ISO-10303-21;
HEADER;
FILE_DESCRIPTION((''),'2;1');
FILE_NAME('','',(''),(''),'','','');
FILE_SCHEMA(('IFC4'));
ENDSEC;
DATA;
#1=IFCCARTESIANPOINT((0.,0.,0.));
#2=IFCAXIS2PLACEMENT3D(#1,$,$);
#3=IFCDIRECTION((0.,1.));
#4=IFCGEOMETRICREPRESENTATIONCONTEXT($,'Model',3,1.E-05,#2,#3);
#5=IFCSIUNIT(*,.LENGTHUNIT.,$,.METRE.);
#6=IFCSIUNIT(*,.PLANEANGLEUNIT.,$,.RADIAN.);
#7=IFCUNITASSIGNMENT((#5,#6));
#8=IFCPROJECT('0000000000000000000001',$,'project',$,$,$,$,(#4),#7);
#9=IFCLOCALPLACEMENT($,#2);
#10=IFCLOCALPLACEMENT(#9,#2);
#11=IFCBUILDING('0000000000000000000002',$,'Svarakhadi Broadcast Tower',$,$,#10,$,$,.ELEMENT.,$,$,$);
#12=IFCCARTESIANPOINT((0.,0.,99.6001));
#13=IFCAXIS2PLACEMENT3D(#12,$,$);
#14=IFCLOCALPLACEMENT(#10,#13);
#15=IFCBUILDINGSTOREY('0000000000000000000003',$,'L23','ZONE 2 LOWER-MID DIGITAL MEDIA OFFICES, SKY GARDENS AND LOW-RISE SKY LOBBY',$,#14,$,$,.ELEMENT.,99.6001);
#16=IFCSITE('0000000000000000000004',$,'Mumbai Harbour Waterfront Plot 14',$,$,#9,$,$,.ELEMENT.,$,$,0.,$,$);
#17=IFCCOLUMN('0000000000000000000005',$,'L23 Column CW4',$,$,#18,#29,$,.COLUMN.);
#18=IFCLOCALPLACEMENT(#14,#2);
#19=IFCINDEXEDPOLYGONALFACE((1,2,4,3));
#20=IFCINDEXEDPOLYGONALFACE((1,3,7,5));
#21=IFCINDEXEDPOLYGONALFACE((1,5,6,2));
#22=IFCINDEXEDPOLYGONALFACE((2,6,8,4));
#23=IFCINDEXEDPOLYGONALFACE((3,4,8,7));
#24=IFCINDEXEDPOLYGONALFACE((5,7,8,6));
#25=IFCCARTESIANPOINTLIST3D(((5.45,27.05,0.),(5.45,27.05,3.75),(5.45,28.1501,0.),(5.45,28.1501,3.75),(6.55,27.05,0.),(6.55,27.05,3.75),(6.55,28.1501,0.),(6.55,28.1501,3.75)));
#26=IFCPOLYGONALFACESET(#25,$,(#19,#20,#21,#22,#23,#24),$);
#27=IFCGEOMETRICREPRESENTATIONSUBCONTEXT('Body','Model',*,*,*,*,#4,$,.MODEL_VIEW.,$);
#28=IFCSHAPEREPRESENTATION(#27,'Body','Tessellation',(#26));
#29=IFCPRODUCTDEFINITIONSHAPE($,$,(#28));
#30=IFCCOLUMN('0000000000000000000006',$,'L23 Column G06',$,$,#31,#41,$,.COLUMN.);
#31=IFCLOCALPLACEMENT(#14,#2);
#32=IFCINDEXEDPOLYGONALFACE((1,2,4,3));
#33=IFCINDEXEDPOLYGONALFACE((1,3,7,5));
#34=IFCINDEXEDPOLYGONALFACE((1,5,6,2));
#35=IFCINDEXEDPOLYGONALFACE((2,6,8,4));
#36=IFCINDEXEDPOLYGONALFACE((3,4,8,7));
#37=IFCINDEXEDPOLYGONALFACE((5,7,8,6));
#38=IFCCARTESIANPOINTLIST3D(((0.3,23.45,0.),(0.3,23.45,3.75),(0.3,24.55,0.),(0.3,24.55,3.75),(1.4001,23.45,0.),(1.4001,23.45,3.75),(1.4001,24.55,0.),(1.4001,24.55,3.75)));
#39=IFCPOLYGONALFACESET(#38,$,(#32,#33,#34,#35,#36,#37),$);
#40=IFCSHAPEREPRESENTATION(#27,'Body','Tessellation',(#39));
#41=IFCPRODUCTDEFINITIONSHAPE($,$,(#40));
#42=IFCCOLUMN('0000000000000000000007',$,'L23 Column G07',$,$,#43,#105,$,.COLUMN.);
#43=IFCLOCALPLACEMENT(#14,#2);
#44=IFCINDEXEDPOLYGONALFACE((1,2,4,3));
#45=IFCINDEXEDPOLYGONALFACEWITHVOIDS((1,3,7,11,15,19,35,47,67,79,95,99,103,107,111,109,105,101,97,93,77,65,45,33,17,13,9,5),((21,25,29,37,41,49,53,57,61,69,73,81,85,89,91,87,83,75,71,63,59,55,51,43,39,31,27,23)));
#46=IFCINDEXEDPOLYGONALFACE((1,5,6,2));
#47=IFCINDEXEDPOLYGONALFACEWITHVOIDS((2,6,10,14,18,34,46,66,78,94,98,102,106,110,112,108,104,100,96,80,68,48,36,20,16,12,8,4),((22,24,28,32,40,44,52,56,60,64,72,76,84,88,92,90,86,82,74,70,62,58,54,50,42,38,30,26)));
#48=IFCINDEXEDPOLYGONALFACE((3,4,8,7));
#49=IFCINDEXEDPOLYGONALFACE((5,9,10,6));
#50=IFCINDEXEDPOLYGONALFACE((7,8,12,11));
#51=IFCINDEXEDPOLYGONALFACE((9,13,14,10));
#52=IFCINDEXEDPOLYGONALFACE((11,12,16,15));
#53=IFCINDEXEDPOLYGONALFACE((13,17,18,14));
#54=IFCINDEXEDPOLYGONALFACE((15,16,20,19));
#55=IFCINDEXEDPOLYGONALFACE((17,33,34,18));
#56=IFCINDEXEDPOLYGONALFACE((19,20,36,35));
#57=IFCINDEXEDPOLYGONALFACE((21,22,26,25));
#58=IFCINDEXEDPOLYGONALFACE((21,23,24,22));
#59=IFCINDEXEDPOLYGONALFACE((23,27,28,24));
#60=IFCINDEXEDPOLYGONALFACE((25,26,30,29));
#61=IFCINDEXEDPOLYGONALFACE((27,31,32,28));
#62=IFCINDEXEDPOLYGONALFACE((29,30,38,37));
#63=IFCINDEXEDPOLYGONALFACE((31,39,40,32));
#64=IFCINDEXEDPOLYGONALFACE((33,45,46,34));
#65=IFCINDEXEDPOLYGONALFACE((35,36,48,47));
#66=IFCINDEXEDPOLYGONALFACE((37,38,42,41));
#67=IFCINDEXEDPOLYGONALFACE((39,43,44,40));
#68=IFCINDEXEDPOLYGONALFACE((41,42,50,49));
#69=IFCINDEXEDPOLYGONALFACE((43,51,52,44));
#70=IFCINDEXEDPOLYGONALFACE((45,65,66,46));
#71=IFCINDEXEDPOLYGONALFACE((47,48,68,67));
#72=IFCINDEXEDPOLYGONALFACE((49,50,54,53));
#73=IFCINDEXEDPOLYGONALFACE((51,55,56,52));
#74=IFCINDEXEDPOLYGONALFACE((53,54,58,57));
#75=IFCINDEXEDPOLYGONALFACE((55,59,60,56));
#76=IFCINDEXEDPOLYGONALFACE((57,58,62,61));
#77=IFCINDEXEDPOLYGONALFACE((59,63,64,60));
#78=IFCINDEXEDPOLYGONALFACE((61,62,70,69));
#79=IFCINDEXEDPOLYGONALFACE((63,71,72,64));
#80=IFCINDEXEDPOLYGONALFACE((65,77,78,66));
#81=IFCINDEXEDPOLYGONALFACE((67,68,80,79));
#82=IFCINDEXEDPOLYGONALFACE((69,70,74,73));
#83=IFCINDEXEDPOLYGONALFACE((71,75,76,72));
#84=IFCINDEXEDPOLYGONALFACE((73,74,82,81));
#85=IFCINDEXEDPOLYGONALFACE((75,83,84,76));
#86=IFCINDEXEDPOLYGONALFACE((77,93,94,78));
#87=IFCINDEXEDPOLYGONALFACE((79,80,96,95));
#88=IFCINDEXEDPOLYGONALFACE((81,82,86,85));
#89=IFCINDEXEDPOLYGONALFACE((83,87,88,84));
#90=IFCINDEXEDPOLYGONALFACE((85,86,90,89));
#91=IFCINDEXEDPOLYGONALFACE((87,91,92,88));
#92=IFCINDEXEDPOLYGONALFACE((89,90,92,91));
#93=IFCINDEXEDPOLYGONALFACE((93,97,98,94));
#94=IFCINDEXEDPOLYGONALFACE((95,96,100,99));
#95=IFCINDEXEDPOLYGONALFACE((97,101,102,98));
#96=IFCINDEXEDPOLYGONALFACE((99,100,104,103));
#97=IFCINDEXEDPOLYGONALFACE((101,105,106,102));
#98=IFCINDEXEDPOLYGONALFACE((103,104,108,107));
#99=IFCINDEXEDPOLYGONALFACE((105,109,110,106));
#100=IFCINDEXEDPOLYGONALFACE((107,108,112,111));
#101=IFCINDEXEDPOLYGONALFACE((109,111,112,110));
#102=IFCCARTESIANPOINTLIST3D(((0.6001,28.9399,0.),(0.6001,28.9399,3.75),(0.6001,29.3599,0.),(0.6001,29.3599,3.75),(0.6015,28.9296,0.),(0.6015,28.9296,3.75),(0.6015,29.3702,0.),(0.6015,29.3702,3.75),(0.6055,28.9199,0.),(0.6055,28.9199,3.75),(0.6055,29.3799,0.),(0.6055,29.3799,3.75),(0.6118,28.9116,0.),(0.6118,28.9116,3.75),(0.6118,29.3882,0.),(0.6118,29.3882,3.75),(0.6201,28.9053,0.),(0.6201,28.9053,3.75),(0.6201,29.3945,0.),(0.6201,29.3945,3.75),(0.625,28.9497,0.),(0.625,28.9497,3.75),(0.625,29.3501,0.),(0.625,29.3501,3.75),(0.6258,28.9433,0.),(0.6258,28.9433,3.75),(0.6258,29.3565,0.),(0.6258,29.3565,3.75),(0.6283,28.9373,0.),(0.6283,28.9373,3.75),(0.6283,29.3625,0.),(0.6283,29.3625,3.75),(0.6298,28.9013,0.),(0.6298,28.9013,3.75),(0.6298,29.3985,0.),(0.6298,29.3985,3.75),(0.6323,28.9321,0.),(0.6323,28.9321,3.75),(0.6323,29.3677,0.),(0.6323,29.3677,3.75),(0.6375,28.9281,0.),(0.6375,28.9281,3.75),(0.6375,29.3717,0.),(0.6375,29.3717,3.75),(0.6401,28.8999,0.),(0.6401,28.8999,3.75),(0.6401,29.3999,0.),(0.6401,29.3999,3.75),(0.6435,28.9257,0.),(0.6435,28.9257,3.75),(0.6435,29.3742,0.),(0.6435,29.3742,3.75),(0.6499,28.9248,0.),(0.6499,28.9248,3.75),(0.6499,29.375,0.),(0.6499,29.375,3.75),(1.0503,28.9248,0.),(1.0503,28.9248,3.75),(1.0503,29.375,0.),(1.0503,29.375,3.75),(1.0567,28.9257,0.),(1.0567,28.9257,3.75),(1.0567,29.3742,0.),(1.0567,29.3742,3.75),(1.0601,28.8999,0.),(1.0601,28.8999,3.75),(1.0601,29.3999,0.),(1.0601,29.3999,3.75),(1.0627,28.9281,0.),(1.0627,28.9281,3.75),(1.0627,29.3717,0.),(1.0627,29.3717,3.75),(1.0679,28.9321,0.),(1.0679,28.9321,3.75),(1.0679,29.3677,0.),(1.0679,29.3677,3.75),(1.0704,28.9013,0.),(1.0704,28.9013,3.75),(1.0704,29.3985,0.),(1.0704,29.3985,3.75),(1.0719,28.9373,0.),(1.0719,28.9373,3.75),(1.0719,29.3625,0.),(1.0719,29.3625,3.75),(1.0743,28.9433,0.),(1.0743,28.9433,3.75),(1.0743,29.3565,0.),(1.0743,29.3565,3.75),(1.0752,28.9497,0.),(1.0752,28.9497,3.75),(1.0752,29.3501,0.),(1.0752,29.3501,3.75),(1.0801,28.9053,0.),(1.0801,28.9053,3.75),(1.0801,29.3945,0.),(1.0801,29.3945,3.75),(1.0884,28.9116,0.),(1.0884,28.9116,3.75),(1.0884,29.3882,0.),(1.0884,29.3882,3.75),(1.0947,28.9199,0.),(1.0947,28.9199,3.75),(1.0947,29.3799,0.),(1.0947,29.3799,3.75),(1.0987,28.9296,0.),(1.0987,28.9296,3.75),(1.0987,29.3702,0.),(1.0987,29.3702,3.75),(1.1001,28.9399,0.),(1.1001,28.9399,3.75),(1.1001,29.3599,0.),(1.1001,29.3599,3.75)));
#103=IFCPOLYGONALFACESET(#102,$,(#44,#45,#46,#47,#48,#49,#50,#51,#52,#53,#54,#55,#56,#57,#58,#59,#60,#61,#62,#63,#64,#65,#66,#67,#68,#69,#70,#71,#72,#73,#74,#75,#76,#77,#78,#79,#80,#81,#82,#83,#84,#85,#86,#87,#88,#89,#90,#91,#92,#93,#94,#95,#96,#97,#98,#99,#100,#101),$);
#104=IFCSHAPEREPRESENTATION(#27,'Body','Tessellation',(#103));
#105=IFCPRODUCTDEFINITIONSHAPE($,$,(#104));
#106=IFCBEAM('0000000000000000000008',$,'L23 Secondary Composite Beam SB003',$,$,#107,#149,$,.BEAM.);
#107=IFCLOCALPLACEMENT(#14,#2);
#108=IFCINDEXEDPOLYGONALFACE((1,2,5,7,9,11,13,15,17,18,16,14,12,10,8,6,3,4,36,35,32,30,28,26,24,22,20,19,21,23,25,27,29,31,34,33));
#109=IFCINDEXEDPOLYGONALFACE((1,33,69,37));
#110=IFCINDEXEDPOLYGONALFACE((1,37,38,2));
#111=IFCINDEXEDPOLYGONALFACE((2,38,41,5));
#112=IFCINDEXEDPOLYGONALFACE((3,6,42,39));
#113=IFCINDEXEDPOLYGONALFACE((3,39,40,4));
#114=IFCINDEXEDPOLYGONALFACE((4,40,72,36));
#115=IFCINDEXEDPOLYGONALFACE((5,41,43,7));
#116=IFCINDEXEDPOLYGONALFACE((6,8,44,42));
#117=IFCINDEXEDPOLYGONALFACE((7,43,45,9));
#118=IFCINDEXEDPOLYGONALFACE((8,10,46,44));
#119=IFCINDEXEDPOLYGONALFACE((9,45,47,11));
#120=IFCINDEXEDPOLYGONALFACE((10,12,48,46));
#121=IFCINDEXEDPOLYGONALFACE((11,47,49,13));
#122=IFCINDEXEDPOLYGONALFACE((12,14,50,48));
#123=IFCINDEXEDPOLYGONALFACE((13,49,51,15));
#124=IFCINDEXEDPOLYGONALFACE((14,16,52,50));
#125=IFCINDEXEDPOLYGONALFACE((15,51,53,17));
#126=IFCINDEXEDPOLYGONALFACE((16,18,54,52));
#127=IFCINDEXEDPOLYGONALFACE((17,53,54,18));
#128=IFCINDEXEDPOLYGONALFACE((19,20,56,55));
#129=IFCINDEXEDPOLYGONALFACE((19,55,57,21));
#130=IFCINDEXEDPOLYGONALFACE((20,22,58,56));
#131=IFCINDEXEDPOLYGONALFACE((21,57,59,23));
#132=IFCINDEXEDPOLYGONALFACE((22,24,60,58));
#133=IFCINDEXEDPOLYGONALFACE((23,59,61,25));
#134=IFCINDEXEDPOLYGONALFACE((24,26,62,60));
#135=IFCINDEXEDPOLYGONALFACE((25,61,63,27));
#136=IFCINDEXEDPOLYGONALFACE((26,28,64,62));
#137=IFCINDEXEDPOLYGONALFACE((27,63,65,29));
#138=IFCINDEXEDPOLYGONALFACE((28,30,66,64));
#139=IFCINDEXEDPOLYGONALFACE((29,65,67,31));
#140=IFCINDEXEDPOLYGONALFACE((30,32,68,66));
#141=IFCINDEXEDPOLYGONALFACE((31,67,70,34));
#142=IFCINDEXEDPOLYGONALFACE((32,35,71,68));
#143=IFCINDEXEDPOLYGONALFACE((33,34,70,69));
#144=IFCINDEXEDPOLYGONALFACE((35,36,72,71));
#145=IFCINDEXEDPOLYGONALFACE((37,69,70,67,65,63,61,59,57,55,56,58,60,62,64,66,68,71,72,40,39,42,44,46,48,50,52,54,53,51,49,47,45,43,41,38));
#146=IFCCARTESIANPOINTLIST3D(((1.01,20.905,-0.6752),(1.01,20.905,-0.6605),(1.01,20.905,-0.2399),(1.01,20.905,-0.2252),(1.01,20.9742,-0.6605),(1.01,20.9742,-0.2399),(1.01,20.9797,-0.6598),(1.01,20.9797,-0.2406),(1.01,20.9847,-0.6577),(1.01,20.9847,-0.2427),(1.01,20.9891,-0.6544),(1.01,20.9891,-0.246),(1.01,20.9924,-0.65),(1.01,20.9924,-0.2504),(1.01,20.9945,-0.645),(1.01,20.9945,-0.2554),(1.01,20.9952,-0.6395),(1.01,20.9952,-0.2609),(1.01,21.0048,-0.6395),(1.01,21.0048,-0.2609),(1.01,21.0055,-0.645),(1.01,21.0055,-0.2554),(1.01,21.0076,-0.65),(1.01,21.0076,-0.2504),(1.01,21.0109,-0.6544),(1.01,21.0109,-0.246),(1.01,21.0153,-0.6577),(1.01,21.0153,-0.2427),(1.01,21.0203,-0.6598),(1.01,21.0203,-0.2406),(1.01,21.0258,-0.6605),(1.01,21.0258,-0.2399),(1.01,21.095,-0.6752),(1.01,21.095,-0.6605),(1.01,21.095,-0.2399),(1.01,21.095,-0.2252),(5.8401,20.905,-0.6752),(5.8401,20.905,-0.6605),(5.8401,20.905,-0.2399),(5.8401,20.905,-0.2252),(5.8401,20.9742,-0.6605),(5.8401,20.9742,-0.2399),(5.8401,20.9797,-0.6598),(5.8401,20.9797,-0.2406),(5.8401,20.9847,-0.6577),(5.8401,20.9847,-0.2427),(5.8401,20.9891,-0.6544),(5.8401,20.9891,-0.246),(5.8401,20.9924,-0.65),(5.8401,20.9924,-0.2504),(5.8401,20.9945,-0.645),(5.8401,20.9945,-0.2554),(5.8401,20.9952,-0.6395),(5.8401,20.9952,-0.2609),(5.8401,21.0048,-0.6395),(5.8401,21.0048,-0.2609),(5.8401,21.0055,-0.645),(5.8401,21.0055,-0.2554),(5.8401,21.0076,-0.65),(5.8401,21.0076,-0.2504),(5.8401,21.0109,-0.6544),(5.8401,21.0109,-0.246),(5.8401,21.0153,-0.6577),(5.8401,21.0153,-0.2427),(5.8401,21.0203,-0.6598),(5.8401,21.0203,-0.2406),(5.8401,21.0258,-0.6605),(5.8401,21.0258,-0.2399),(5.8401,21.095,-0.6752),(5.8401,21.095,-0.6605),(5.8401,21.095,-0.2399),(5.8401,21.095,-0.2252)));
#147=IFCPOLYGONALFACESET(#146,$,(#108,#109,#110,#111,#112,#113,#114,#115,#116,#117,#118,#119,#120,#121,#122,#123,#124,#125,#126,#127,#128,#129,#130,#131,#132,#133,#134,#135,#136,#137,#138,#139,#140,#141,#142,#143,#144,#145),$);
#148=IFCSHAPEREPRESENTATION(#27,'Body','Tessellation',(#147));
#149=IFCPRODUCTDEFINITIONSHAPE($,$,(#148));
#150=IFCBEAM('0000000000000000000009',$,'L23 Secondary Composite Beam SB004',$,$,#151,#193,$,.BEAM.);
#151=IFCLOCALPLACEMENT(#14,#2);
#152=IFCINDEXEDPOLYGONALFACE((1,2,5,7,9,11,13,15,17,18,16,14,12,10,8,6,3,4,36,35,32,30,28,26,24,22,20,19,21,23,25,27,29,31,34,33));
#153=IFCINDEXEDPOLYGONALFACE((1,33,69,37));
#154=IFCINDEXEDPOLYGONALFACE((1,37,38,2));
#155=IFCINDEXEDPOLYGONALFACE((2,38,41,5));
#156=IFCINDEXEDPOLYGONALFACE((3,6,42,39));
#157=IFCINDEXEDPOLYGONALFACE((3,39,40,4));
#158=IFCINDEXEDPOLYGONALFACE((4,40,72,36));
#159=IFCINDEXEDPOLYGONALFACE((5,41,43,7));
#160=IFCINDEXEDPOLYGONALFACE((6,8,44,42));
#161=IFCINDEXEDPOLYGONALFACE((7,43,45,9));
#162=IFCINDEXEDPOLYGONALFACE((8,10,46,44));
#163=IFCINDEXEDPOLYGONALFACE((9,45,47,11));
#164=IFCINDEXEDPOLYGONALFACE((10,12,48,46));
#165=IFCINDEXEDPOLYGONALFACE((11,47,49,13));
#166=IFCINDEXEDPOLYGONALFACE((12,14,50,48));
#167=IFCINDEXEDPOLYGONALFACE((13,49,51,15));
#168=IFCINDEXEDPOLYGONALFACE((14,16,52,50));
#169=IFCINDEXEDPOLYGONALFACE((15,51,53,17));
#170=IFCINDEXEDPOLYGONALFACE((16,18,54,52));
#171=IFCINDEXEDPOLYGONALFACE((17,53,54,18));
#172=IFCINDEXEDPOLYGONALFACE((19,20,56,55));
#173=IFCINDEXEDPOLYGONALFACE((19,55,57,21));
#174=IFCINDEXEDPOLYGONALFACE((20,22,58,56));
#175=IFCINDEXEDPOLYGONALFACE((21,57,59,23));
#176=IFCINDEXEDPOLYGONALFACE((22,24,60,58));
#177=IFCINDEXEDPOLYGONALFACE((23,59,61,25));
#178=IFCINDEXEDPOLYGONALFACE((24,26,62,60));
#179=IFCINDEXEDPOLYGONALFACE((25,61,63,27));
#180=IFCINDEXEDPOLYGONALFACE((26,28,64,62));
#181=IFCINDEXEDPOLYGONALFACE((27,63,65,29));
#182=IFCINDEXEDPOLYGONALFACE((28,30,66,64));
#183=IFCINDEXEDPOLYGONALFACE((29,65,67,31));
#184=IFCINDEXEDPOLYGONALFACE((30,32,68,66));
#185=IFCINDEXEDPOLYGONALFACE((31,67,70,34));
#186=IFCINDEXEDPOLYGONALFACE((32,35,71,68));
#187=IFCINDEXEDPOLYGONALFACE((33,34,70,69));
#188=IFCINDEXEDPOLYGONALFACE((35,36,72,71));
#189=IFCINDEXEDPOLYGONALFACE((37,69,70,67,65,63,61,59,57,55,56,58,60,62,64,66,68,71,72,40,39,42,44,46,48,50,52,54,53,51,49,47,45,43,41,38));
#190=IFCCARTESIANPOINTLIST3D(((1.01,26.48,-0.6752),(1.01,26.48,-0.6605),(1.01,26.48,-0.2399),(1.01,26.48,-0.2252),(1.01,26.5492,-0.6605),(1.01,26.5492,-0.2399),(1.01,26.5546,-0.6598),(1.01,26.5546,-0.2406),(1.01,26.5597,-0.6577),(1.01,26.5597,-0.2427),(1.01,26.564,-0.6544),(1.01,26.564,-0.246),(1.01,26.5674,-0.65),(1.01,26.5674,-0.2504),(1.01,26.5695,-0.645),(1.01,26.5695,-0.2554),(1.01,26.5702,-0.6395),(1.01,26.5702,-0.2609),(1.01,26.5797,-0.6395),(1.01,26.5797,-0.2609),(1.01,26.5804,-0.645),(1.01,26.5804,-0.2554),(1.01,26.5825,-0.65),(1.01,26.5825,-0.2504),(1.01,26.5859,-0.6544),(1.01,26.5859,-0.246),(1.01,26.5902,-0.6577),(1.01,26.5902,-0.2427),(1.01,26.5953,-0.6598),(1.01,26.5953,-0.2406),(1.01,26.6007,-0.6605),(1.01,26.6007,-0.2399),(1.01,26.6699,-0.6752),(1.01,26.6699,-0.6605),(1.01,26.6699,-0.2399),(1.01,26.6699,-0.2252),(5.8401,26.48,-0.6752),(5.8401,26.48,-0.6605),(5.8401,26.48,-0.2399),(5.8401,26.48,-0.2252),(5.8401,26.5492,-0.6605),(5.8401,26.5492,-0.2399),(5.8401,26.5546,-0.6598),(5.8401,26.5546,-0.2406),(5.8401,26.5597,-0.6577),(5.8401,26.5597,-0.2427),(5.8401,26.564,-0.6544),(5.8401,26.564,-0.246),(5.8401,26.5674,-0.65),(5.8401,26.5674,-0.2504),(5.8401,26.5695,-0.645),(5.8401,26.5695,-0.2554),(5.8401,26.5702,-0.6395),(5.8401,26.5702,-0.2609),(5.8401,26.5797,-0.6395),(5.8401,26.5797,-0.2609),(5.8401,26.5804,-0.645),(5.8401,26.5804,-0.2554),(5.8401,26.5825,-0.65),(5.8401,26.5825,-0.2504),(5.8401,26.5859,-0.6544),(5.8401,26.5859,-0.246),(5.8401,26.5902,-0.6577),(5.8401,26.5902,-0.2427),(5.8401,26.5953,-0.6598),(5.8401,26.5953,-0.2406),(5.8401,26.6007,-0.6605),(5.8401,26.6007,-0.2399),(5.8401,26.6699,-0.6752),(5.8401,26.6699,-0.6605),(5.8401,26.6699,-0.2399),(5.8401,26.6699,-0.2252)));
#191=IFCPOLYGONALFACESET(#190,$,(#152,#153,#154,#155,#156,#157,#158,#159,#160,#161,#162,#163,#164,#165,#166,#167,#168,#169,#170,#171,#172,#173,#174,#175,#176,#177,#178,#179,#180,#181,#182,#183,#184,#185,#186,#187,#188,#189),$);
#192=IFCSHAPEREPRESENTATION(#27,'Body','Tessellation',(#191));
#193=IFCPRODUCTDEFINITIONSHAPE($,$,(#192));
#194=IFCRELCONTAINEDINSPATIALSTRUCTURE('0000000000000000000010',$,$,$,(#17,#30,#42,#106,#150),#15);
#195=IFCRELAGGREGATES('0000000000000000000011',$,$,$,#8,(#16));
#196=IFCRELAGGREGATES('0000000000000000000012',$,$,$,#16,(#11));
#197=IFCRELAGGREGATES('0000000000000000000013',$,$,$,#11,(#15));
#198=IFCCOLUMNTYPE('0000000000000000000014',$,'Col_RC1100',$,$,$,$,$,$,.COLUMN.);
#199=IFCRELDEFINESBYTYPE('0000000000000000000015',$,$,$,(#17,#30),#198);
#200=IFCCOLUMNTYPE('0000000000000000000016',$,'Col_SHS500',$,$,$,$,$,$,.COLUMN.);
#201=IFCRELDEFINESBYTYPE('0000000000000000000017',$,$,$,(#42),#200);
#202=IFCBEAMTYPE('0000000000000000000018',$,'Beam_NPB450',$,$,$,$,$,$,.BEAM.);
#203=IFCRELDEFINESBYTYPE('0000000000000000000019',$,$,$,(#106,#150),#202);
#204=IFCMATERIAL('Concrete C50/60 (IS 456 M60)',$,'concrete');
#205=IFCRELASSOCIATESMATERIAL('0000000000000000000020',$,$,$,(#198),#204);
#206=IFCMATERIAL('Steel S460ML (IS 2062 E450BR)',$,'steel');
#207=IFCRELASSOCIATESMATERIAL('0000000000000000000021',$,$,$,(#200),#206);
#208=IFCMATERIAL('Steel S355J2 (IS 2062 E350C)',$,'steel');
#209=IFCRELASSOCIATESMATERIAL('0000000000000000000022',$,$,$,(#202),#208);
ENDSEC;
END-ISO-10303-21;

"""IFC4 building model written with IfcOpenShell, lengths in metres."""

from ifc_helpers import new_model, si_unit, direction, frame, origin, origin_2d, place, context, subcontext, project, spatial, rectangle, hollow_rectangle, i_section, extrude, material, material_profile, profile_set, type_object, element, save


model = new_model("IFC4")

# Units and contexts
model_context = context("Model", 3, precision=1e-05, world=origin(), true_north=direction((0.0, 1.0)))
body_context = subcontext(model_context, "Body", "Model", "MODEL_VIEW")
ifc_project = project(units=[si_unit("LENGTHUNIT", "METRE"), si_unit("PLANEANGLEUNIT", "RADIAN")], contexts=[model_context])

# Site, building, storey
site_placement = place(None, origin())
site = spatial("IfcSite", under=ifc_project, at=site_placement, Name="Mumbai Harbour Waterfront Plot 14", CompositionType="ELEMENT", RefElevation=0.0)
building_placement = place(site_placement, origin())
building = spatial("IfcBuilding", under=site, at=building_placement, Name="Svarakhadi Broadcast Tower", CompositionType="ELEMENT")
storey_placement = place(building_placement, frame((0.0, 0.0, 99.6001)))
storey = spatial("IfcBuildingStorey", under=building, at=storey_placement, Name="L23", Description="ZONE 2 LOWER-MID DIGITAL MEDIA OFFICES, SKY GARDENS AND LOW-RISE SKY LOBBY", CompositionType="ELEMENT", Elevation=99.6001)

# Columns
ifc_material_1 = material(Name="Concrete C50/60 (IS 456 M60)", Category="concrete")
ifc_material_profile_1 = material_profile(ifc_material_1, rectangle(XDim=1.1001, YDim=1.1001, at=origin_2d()), Name="RC 1100x1100")
ifc_profile_set_1 = profile_set([ifc_material_profile_1], Name="Concrete C50/60 (IS 456 M60)")
column_type_1 = type_object("IfcColumnType", Name="Col_RC1100", PredefinedType="COLUMN", material=ifc_profile_set_1)
for number, where, z_axis, x_axis, name in (
    (1, (6.0, 27.6001, 0.0), (0.0, 0.0, 1.0), (1.0, 0.0, 0.0), "L23 Column CW4"),
    (2, (0.8501, 24.0, 0.0), (0.0, 0.0, 1.0), (1.0, 0.0, 0.0), "L23 Column G06"),
):
    element("IfcColumn", number, at=place(storey_placement, frame(where, z_axis=z_axis, x_axis=x_axis)), inside=storey, type_object=column_type_1, Name=name, PredefinedType="COLUMN", context=body_context, shape_type="SweptSolid", body=[
        extrude(rectangle(XDim=1.1001, YDim=1.1001, at=origin_2d()), origin(), (0.0, 0.0, 1.0), 3.75),
    ])
ifc_material_2 = material(Name="Steel S460ML (IS 2062 E450BR)", Category="steel")
ifc_material_profile_2 = material_profile(ifc_material_2, hollow_rectangle(XDim=0.5, YDim=0.5, WallThickness=0.0249, InnerFilletRadius=0.0249, OuterFilletRadius=0.04, at=origin_2d()), Name="SHS 500x500x25")
ifc_profile_set_2 = profile_set([ifc_material_profile_2], Name="Steel S460ML (IS 2062 E450BR)")
column_type_2 = type_object("IfcColumnType", Name="Col_SHS500", PredefinedType="COLUMN", material=ifc_profile_set_2)
column_placement = place(storey_placement, frame((0.8501, 29.1499, 0.0), z_axis=(0.0, 0.0, 1.0), x_axis=(1.0, 0.0, 0.0)))
element("IfcColumn", 3, at=column_placement, inside=storey, type_object=column_type_2, Name="L23 Column G07", PredefinedType="COLUMN", context=body_context, shape_type="SweptSolid", body=[
    extrude(hollow_rectangle(XDim=0.5, YDim=0.5, WallThickness=0.0249, InnerFilletRadius=0.0249, OuterFilletRadius=0.04, at=origin_2d()), origin(), (0.0, 0.0, 1.0), 3.75),
])

# Beams
ifc_material_3 = material(Name="Steel S355J2 (IS 2062 E350C)", Category="steel")
ifc_material_profile_3 = material_profile(ifc_material_3, i_section(OverallWidth=0.1899, OverallDepth=0.45, WebThickness=0.0095, FlangeThickness=0.0146, FilletRadius=0.021, at=origin_2d()), Name="NPB 450x190x78")
ifc_profile_set_3 = profile_set([ifc_material_profile_3], Name="Steel S355J2 (IS 2062 E350C)")
beam_type_1 = type_object("IfcBeamType", Name="Beam_NPB450", PredefinedType="BEAM", material=ifc_profile_set_3)
for number, where, z_axis, x_axis, name in (
    (4, (1.01, 21.0, -0.4502), (1.0, 0.0, 0.0), (0.0, 1.0, 0.0), "L23 Secondary Composite Beam SB003"),
    (5, (1.01, 26.575, -0.4502), (1.0, 0.0, 0.0), (0.0, 1.0, 0.0), "L23 Secondary Composite Beam SB004"),
):
    element("IfcBeam", number, at=place(storey_placement, frame(where, z_axis=z_axis, x_axis=x_axis)), inside=storey, type_object=beam_type_1, Name=name, PredefinedType="BEAM", context=body_context, shape_type="SweptSolid", body=[
        extrude(i_section(OverallWidth=0.1899, OverallDepth=0.45, WebThickness=0.0095, FlangeThickness=0.0146, FilletRadius=0.021, at=origin_2d()), origin(), (0.0, 0.0, 1.0), 4.8301),
    ])

save(model, "model.ifc")
